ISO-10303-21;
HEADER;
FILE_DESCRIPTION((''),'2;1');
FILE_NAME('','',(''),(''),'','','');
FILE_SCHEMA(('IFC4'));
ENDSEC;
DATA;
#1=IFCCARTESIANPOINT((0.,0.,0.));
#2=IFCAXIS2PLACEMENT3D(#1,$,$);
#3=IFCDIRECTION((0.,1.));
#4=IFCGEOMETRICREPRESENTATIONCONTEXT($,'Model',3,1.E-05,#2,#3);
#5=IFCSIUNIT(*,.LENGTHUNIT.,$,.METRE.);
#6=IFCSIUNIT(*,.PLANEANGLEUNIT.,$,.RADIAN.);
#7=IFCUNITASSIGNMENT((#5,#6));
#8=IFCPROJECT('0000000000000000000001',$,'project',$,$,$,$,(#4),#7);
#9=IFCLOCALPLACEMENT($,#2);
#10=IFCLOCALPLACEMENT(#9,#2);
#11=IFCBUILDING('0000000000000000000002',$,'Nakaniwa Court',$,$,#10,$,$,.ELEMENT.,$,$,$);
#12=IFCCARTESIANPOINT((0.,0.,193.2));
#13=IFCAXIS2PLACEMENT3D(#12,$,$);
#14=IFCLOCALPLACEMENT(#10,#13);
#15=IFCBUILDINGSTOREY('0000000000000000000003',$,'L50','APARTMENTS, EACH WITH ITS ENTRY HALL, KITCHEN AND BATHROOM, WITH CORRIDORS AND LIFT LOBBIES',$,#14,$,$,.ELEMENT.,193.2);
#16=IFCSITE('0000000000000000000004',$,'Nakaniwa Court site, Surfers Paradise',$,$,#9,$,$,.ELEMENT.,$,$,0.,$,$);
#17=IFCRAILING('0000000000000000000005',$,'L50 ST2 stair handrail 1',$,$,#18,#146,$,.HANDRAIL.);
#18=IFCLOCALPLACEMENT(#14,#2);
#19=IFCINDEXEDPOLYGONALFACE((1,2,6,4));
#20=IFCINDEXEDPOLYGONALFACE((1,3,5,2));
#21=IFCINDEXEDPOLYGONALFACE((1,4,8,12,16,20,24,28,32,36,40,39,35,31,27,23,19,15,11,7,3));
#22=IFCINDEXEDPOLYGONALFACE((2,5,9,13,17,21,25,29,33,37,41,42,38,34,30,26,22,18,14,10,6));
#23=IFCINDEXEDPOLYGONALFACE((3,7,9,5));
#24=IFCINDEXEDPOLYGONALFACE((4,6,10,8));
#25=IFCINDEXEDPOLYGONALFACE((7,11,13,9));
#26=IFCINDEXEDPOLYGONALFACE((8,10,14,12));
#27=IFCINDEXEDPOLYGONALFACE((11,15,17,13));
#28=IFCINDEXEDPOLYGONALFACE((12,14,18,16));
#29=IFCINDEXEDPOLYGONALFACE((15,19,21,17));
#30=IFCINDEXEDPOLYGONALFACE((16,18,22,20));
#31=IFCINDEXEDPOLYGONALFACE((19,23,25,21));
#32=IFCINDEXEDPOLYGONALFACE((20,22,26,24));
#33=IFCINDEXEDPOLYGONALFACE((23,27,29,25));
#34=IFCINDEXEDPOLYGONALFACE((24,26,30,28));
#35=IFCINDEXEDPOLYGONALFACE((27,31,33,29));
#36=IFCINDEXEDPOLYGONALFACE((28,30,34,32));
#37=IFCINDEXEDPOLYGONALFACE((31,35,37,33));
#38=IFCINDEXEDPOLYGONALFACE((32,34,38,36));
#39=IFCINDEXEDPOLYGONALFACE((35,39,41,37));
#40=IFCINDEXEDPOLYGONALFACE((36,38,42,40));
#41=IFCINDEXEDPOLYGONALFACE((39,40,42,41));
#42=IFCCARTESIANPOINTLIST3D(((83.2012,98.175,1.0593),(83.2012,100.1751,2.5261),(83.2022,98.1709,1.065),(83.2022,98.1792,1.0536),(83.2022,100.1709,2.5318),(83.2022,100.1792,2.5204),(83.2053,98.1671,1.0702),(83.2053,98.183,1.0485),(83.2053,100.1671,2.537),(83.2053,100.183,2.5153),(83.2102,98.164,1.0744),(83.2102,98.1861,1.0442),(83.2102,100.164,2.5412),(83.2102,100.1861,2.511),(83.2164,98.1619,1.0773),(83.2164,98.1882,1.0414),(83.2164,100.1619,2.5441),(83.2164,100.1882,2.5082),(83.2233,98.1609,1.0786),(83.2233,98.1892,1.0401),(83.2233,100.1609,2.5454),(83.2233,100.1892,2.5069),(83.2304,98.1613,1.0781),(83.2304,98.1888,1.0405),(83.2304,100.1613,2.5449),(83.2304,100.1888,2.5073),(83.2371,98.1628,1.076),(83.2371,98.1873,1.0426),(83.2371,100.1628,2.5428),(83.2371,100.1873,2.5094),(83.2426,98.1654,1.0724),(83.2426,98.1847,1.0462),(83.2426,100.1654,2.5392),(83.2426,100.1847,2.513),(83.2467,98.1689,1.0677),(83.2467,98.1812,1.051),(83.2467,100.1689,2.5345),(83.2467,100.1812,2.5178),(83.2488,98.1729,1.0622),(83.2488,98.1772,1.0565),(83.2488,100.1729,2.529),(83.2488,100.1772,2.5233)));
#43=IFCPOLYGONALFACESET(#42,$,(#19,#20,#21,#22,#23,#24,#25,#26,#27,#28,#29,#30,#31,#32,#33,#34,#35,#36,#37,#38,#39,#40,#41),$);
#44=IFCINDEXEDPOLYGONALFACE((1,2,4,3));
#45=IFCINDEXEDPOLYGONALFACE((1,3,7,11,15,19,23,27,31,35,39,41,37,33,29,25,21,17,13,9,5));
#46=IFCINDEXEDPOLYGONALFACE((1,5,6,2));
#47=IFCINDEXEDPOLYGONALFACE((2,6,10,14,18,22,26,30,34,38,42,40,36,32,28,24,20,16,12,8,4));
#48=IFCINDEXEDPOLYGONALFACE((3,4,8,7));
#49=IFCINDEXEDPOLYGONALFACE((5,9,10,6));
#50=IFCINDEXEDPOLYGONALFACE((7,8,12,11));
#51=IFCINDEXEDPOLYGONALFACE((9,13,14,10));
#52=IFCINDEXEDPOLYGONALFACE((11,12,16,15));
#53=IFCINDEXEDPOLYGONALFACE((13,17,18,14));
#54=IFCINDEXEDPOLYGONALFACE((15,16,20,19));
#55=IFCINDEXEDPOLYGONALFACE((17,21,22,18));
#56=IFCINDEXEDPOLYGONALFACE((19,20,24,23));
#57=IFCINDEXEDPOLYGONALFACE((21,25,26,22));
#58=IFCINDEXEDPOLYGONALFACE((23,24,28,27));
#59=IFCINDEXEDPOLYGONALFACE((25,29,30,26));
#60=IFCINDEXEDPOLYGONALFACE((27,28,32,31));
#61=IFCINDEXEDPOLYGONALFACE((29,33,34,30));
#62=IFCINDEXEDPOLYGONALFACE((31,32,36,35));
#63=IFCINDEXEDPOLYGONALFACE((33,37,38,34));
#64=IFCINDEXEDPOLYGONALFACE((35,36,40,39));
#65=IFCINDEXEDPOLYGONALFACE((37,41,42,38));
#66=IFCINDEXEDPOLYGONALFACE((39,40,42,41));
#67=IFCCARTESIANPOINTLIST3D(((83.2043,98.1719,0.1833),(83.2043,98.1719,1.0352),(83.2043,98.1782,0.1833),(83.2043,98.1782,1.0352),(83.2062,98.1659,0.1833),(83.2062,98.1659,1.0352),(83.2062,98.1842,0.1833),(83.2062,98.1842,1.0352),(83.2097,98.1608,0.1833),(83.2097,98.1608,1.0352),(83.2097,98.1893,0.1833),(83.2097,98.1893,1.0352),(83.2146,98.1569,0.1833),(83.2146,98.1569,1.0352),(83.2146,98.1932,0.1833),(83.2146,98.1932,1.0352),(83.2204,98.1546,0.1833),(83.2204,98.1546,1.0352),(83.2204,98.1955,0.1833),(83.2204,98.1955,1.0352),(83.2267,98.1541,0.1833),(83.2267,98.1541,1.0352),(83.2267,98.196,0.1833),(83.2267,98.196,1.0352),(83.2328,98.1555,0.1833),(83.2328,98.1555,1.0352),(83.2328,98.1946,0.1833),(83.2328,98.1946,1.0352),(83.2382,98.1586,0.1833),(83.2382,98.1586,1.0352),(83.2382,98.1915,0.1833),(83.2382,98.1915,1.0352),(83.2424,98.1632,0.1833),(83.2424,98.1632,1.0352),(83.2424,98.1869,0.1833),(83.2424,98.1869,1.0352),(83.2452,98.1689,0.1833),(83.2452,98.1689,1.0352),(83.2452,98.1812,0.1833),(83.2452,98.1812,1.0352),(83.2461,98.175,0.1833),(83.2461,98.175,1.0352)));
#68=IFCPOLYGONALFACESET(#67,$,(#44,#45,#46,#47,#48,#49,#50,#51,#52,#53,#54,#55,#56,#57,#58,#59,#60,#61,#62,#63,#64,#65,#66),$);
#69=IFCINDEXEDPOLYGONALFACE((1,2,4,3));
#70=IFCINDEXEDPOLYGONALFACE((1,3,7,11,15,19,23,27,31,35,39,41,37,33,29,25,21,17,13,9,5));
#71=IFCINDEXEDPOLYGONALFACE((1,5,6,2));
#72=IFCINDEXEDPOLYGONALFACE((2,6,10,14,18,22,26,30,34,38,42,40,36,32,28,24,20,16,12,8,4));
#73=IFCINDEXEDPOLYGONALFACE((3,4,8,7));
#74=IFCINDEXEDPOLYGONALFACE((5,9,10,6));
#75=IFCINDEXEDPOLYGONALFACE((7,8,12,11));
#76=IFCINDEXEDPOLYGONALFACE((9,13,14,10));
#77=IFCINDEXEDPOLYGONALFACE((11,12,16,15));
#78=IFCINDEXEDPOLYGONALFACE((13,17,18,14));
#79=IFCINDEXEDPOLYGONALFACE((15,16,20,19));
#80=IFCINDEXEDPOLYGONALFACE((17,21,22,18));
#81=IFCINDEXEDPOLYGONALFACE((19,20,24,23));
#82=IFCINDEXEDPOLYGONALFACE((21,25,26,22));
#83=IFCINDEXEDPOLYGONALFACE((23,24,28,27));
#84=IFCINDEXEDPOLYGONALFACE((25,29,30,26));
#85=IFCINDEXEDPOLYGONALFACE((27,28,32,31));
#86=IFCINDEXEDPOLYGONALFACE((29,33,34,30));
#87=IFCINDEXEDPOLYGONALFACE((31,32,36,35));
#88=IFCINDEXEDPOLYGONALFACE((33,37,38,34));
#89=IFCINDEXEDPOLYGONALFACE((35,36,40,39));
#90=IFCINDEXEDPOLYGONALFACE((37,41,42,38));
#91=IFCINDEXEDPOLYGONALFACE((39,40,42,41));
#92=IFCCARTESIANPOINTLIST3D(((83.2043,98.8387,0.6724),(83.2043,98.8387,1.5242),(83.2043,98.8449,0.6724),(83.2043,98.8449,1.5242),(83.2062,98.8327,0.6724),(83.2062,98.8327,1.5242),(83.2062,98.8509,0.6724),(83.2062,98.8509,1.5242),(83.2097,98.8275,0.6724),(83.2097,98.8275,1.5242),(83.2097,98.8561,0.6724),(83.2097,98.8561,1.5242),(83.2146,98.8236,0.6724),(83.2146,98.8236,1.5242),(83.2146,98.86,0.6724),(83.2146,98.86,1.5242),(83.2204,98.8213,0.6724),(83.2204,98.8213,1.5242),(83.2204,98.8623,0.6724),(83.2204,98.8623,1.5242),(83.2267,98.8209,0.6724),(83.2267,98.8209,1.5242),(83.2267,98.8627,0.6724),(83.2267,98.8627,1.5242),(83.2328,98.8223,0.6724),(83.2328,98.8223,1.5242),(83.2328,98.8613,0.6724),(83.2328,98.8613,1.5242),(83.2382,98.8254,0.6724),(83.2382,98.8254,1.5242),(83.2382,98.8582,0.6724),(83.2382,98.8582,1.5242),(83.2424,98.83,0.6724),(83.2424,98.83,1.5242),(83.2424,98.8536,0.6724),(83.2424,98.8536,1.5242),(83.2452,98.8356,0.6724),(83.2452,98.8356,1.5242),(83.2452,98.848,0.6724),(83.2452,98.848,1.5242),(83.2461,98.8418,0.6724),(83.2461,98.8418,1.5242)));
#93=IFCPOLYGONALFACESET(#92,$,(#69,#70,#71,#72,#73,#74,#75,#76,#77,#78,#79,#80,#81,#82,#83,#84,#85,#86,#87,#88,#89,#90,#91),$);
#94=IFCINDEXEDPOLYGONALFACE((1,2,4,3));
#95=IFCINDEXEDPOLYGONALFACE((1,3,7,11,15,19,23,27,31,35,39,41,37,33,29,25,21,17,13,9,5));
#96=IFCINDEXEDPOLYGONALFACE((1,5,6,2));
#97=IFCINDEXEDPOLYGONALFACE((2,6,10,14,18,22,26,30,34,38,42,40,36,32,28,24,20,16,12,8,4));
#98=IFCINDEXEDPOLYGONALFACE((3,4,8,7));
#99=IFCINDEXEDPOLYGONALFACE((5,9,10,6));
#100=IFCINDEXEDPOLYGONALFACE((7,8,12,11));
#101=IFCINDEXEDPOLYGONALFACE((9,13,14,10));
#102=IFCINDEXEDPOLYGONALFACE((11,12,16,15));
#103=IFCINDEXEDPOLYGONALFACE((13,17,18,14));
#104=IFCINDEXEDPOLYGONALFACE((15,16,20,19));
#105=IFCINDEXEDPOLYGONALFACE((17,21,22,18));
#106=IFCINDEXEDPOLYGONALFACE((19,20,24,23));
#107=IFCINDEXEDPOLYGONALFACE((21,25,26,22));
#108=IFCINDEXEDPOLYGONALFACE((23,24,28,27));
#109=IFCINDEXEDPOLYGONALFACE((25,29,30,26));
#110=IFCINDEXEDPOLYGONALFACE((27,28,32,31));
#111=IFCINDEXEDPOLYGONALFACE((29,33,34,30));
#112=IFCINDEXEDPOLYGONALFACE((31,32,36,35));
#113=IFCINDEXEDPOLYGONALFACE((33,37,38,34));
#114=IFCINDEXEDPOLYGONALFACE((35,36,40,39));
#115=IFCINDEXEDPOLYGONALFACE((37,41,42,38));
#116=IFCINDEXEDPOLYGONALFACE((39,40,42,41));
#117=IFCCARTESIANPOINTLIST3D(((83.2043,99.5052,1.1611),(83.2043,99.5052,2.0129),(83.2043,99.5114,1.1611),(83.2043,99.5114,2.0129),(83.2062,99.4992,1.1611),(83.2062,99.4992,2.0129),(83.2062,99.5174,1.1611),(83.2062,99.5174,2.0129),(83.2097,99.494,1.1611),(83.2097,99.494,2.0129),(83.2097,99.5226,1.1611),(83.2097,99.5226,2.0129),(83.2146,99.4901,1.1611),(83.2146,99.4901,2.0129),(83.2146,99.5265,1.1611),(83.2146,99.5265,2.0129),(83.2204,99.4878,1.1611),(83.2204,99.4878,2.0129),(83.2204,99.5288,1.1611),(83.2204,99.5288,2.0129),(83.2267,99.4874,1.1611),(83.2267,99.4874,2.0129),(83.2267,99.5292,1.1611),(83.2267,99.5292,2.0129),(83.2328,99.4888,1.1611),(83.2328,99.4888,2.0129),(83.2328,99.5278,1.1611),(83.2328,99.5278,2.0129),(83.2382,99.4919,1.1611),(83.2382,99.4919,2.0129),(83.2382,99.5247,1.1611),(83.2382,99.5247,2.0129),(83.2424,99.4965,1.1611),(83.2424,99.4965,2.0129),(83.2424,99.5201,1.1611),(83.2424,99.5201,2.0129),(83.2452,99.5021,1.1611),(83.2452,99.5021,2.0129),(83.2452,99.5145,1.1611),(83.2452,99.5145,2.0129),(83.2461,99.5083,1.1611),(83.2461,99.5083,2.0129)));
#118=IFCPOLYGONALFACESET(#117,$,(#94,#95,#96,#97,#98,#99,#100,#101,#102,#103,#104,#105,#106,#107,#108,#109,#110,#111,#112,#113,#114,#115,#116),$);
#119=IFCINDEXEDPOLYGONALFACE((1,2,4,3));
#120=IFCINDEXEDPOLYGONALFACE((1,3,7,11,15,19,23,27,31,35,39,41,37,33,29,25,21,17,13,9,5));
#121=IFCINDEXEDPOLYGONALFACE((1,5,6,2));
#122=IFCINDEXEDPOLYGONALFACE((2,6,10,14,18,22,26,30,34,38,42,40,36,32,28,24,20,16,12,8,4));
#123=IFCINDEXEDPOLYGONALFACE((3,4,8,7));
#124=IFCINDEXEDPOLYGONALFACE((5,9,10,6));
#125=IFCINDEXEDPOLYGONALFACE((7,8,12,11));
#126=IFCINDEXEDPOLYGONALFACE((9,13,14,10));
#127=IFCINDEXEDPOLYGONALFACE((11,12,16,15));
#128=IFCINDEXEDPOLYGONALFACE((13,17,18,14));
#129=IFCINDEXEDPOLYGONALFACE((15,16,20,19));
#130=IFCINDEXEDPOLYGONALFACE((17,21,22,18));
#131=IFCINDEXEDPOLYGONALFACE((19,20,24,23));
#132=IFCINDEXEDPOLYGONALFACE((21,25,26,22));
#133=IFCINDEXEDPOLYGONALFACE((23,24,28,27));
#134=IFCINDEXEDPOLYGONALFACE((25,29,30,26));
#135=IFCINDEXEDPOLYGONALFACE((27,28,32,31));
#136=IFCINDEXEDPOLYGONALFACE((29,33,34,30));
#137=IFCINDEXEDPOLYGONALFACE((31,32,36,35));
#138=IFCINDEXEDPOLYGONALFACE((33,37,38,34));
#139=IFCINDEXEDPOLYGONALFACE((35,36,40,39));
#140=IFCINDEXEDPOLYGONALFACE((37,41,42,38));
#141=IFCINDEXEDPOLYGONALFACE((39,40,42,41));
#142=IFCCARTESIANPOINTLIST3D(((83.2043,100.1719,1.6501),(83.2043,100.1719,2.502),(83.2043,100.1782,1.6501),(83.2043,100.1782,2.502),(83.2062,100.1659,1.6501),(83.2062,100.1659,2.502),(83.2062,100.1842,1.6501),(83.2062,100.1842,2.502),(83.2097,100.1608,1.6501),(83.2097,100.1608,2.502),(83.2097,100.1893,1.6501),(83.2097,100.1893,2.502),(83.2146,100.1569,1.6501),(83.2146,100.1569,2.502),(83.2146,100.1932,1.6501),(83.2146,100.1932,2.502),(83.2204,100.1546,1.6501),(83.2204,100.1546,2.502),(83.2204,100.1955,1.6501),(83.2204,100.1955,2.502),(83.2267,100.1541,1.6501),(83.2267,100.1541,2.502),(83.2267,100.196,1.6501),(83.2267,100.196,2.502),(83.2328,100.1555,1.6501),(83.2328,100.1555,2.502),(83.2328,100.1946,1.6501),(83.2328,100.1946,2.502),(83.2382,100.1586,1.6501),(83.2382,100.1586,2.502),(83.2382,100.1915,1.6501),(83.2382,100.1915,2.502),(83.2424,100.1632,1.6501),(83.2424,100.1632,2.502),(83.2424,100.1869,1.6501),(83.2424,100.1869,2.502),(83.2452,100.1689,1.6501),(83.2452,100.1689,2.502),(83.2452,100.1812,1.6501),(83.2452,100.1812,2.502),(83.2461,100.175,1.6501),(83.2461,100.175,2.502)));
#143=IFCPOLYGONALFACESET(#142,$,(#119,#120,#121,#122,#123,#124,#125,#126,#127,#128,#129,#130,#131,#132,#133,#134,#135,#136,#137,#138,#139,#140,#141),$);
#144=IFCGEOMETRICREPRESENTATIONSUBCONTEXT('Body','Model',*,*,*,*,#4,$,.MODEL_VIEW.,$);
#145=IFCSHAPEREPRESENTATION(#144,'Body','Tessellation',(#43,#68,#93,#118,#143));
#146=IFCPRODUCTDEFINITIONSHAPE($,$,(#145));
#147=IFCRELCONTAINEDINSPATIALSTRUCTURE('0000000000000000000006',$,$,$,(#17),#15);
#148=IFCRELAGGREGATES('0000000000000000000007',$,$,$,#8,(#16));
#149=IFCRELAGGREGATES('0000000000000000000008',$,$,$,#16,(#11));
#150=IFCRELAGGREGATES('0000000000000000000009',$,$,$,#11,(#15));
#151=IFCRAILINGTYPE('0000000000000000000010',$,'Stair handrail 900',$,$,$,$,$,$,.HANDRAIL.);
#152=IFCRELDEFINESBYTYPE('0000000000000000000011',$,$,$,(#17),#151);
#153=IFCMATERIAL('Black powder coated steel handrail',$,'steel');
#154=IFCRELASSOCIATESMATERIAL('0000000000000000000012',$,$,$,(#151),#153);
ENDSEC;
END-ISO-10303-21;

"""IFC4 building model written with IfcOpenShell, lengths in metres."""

from ifc_helpers import new_model, si_unit, direction, frame, origin, origin_2d, place, context, subcontext, project, spatial, circle, extrude, material, type_object, element, save


model = new_model("IFC4")

# Units and contexts
model_context = context("Model", 3, precision=1e-05, world=origin(), true_north=direction((0.0, 1.0)))
body_context = subcontext(model_context, "Body", "Model", "MODEL_VIEW")
ifc_project = project(units=[si_unit("LENGTHUNIT", "METRE"), si_unit("PLANEANGLEUNIT", "RADIAN")], contexts=[model_context])

# Site, building, storey
site_placement = place(None, origin())
site = spatial("IfcSite", under=ifc_project, at=site_placement, Name="Nakaniwa Court site, Surfers Paradise", CompositionType="ELEMENT", RefElevation=0.0)
building_placement = place(site_placement, origin())
building = spatial("IfcBuilding", under=site, at=building_placement, Name="Nakaniwa Court", CompositionType="ELEMENT")
storey_placement = place(building_placement, frame((0.0, 0.0, 193.2)))
storey = spatial("IfcBuildingStorey", under=building, at=storey_placement, Name="L50", Description="APARTMENTS, EACH WITH ITS ENTRY HALL, KITCHEN AND BATHROOM, WITH CORRIDORS AND LIFT LOBBIES", CompositionType="ELEMENT", Elevation=193.2)

# Railing
ifc_material_1 = material(Name="Black powder coated steel handrail", Category="steel")
railing_type_1 = type_object("IfcRailingType", Name="Stair handrail 900", PredefinedType="HANDRAIL", material=ifc_material_1)
railing_1_placement = place(storey_placement, frame((83.2251, 98.175, 0.1833)))
element("IfcRailing", 1, at=railing_1_placement, inside=storey, type_object=railing_type_1, Name="L50 ST2 stair handrail 1", PredefinedType="HANDRAIL", context=body_context, shape_type="SweptSolid", body=[
    extrude(circle(Radius=0.0239, at=origin_2d()), frame((0.0, 0.0, 0.876), z_axis=(0.0, 0.80638, 0.591398), x_axis=(-1.0, 0.0, 0.0)), (0.0, 0.0, 1.0), 2.4802),
    extrude(circle(Radius=0.021, at=origin_2d()), origin(), (0.0, 0.0, 1.0), 0.8518),
    extrude(circle(Radius=0.021, at=origin_2d()), frame((0.0, 0.6667, 0.489)), (0.0, 0.0, 1.0), 0.8518),
    extrude(circle(Radius=0.021, at=origin_2d()), frame((0.0, 1.3333, 0.9778)), (0.0, 0.0, 1.0), 0.8518),
    extrude(circle(Radius=0.021, at=origin_2d()), frame((0.0, 2.0, 1.4668)), (0.0, 0.0, 1.0), 0.8518),
])

save(model, "model.ifc")
